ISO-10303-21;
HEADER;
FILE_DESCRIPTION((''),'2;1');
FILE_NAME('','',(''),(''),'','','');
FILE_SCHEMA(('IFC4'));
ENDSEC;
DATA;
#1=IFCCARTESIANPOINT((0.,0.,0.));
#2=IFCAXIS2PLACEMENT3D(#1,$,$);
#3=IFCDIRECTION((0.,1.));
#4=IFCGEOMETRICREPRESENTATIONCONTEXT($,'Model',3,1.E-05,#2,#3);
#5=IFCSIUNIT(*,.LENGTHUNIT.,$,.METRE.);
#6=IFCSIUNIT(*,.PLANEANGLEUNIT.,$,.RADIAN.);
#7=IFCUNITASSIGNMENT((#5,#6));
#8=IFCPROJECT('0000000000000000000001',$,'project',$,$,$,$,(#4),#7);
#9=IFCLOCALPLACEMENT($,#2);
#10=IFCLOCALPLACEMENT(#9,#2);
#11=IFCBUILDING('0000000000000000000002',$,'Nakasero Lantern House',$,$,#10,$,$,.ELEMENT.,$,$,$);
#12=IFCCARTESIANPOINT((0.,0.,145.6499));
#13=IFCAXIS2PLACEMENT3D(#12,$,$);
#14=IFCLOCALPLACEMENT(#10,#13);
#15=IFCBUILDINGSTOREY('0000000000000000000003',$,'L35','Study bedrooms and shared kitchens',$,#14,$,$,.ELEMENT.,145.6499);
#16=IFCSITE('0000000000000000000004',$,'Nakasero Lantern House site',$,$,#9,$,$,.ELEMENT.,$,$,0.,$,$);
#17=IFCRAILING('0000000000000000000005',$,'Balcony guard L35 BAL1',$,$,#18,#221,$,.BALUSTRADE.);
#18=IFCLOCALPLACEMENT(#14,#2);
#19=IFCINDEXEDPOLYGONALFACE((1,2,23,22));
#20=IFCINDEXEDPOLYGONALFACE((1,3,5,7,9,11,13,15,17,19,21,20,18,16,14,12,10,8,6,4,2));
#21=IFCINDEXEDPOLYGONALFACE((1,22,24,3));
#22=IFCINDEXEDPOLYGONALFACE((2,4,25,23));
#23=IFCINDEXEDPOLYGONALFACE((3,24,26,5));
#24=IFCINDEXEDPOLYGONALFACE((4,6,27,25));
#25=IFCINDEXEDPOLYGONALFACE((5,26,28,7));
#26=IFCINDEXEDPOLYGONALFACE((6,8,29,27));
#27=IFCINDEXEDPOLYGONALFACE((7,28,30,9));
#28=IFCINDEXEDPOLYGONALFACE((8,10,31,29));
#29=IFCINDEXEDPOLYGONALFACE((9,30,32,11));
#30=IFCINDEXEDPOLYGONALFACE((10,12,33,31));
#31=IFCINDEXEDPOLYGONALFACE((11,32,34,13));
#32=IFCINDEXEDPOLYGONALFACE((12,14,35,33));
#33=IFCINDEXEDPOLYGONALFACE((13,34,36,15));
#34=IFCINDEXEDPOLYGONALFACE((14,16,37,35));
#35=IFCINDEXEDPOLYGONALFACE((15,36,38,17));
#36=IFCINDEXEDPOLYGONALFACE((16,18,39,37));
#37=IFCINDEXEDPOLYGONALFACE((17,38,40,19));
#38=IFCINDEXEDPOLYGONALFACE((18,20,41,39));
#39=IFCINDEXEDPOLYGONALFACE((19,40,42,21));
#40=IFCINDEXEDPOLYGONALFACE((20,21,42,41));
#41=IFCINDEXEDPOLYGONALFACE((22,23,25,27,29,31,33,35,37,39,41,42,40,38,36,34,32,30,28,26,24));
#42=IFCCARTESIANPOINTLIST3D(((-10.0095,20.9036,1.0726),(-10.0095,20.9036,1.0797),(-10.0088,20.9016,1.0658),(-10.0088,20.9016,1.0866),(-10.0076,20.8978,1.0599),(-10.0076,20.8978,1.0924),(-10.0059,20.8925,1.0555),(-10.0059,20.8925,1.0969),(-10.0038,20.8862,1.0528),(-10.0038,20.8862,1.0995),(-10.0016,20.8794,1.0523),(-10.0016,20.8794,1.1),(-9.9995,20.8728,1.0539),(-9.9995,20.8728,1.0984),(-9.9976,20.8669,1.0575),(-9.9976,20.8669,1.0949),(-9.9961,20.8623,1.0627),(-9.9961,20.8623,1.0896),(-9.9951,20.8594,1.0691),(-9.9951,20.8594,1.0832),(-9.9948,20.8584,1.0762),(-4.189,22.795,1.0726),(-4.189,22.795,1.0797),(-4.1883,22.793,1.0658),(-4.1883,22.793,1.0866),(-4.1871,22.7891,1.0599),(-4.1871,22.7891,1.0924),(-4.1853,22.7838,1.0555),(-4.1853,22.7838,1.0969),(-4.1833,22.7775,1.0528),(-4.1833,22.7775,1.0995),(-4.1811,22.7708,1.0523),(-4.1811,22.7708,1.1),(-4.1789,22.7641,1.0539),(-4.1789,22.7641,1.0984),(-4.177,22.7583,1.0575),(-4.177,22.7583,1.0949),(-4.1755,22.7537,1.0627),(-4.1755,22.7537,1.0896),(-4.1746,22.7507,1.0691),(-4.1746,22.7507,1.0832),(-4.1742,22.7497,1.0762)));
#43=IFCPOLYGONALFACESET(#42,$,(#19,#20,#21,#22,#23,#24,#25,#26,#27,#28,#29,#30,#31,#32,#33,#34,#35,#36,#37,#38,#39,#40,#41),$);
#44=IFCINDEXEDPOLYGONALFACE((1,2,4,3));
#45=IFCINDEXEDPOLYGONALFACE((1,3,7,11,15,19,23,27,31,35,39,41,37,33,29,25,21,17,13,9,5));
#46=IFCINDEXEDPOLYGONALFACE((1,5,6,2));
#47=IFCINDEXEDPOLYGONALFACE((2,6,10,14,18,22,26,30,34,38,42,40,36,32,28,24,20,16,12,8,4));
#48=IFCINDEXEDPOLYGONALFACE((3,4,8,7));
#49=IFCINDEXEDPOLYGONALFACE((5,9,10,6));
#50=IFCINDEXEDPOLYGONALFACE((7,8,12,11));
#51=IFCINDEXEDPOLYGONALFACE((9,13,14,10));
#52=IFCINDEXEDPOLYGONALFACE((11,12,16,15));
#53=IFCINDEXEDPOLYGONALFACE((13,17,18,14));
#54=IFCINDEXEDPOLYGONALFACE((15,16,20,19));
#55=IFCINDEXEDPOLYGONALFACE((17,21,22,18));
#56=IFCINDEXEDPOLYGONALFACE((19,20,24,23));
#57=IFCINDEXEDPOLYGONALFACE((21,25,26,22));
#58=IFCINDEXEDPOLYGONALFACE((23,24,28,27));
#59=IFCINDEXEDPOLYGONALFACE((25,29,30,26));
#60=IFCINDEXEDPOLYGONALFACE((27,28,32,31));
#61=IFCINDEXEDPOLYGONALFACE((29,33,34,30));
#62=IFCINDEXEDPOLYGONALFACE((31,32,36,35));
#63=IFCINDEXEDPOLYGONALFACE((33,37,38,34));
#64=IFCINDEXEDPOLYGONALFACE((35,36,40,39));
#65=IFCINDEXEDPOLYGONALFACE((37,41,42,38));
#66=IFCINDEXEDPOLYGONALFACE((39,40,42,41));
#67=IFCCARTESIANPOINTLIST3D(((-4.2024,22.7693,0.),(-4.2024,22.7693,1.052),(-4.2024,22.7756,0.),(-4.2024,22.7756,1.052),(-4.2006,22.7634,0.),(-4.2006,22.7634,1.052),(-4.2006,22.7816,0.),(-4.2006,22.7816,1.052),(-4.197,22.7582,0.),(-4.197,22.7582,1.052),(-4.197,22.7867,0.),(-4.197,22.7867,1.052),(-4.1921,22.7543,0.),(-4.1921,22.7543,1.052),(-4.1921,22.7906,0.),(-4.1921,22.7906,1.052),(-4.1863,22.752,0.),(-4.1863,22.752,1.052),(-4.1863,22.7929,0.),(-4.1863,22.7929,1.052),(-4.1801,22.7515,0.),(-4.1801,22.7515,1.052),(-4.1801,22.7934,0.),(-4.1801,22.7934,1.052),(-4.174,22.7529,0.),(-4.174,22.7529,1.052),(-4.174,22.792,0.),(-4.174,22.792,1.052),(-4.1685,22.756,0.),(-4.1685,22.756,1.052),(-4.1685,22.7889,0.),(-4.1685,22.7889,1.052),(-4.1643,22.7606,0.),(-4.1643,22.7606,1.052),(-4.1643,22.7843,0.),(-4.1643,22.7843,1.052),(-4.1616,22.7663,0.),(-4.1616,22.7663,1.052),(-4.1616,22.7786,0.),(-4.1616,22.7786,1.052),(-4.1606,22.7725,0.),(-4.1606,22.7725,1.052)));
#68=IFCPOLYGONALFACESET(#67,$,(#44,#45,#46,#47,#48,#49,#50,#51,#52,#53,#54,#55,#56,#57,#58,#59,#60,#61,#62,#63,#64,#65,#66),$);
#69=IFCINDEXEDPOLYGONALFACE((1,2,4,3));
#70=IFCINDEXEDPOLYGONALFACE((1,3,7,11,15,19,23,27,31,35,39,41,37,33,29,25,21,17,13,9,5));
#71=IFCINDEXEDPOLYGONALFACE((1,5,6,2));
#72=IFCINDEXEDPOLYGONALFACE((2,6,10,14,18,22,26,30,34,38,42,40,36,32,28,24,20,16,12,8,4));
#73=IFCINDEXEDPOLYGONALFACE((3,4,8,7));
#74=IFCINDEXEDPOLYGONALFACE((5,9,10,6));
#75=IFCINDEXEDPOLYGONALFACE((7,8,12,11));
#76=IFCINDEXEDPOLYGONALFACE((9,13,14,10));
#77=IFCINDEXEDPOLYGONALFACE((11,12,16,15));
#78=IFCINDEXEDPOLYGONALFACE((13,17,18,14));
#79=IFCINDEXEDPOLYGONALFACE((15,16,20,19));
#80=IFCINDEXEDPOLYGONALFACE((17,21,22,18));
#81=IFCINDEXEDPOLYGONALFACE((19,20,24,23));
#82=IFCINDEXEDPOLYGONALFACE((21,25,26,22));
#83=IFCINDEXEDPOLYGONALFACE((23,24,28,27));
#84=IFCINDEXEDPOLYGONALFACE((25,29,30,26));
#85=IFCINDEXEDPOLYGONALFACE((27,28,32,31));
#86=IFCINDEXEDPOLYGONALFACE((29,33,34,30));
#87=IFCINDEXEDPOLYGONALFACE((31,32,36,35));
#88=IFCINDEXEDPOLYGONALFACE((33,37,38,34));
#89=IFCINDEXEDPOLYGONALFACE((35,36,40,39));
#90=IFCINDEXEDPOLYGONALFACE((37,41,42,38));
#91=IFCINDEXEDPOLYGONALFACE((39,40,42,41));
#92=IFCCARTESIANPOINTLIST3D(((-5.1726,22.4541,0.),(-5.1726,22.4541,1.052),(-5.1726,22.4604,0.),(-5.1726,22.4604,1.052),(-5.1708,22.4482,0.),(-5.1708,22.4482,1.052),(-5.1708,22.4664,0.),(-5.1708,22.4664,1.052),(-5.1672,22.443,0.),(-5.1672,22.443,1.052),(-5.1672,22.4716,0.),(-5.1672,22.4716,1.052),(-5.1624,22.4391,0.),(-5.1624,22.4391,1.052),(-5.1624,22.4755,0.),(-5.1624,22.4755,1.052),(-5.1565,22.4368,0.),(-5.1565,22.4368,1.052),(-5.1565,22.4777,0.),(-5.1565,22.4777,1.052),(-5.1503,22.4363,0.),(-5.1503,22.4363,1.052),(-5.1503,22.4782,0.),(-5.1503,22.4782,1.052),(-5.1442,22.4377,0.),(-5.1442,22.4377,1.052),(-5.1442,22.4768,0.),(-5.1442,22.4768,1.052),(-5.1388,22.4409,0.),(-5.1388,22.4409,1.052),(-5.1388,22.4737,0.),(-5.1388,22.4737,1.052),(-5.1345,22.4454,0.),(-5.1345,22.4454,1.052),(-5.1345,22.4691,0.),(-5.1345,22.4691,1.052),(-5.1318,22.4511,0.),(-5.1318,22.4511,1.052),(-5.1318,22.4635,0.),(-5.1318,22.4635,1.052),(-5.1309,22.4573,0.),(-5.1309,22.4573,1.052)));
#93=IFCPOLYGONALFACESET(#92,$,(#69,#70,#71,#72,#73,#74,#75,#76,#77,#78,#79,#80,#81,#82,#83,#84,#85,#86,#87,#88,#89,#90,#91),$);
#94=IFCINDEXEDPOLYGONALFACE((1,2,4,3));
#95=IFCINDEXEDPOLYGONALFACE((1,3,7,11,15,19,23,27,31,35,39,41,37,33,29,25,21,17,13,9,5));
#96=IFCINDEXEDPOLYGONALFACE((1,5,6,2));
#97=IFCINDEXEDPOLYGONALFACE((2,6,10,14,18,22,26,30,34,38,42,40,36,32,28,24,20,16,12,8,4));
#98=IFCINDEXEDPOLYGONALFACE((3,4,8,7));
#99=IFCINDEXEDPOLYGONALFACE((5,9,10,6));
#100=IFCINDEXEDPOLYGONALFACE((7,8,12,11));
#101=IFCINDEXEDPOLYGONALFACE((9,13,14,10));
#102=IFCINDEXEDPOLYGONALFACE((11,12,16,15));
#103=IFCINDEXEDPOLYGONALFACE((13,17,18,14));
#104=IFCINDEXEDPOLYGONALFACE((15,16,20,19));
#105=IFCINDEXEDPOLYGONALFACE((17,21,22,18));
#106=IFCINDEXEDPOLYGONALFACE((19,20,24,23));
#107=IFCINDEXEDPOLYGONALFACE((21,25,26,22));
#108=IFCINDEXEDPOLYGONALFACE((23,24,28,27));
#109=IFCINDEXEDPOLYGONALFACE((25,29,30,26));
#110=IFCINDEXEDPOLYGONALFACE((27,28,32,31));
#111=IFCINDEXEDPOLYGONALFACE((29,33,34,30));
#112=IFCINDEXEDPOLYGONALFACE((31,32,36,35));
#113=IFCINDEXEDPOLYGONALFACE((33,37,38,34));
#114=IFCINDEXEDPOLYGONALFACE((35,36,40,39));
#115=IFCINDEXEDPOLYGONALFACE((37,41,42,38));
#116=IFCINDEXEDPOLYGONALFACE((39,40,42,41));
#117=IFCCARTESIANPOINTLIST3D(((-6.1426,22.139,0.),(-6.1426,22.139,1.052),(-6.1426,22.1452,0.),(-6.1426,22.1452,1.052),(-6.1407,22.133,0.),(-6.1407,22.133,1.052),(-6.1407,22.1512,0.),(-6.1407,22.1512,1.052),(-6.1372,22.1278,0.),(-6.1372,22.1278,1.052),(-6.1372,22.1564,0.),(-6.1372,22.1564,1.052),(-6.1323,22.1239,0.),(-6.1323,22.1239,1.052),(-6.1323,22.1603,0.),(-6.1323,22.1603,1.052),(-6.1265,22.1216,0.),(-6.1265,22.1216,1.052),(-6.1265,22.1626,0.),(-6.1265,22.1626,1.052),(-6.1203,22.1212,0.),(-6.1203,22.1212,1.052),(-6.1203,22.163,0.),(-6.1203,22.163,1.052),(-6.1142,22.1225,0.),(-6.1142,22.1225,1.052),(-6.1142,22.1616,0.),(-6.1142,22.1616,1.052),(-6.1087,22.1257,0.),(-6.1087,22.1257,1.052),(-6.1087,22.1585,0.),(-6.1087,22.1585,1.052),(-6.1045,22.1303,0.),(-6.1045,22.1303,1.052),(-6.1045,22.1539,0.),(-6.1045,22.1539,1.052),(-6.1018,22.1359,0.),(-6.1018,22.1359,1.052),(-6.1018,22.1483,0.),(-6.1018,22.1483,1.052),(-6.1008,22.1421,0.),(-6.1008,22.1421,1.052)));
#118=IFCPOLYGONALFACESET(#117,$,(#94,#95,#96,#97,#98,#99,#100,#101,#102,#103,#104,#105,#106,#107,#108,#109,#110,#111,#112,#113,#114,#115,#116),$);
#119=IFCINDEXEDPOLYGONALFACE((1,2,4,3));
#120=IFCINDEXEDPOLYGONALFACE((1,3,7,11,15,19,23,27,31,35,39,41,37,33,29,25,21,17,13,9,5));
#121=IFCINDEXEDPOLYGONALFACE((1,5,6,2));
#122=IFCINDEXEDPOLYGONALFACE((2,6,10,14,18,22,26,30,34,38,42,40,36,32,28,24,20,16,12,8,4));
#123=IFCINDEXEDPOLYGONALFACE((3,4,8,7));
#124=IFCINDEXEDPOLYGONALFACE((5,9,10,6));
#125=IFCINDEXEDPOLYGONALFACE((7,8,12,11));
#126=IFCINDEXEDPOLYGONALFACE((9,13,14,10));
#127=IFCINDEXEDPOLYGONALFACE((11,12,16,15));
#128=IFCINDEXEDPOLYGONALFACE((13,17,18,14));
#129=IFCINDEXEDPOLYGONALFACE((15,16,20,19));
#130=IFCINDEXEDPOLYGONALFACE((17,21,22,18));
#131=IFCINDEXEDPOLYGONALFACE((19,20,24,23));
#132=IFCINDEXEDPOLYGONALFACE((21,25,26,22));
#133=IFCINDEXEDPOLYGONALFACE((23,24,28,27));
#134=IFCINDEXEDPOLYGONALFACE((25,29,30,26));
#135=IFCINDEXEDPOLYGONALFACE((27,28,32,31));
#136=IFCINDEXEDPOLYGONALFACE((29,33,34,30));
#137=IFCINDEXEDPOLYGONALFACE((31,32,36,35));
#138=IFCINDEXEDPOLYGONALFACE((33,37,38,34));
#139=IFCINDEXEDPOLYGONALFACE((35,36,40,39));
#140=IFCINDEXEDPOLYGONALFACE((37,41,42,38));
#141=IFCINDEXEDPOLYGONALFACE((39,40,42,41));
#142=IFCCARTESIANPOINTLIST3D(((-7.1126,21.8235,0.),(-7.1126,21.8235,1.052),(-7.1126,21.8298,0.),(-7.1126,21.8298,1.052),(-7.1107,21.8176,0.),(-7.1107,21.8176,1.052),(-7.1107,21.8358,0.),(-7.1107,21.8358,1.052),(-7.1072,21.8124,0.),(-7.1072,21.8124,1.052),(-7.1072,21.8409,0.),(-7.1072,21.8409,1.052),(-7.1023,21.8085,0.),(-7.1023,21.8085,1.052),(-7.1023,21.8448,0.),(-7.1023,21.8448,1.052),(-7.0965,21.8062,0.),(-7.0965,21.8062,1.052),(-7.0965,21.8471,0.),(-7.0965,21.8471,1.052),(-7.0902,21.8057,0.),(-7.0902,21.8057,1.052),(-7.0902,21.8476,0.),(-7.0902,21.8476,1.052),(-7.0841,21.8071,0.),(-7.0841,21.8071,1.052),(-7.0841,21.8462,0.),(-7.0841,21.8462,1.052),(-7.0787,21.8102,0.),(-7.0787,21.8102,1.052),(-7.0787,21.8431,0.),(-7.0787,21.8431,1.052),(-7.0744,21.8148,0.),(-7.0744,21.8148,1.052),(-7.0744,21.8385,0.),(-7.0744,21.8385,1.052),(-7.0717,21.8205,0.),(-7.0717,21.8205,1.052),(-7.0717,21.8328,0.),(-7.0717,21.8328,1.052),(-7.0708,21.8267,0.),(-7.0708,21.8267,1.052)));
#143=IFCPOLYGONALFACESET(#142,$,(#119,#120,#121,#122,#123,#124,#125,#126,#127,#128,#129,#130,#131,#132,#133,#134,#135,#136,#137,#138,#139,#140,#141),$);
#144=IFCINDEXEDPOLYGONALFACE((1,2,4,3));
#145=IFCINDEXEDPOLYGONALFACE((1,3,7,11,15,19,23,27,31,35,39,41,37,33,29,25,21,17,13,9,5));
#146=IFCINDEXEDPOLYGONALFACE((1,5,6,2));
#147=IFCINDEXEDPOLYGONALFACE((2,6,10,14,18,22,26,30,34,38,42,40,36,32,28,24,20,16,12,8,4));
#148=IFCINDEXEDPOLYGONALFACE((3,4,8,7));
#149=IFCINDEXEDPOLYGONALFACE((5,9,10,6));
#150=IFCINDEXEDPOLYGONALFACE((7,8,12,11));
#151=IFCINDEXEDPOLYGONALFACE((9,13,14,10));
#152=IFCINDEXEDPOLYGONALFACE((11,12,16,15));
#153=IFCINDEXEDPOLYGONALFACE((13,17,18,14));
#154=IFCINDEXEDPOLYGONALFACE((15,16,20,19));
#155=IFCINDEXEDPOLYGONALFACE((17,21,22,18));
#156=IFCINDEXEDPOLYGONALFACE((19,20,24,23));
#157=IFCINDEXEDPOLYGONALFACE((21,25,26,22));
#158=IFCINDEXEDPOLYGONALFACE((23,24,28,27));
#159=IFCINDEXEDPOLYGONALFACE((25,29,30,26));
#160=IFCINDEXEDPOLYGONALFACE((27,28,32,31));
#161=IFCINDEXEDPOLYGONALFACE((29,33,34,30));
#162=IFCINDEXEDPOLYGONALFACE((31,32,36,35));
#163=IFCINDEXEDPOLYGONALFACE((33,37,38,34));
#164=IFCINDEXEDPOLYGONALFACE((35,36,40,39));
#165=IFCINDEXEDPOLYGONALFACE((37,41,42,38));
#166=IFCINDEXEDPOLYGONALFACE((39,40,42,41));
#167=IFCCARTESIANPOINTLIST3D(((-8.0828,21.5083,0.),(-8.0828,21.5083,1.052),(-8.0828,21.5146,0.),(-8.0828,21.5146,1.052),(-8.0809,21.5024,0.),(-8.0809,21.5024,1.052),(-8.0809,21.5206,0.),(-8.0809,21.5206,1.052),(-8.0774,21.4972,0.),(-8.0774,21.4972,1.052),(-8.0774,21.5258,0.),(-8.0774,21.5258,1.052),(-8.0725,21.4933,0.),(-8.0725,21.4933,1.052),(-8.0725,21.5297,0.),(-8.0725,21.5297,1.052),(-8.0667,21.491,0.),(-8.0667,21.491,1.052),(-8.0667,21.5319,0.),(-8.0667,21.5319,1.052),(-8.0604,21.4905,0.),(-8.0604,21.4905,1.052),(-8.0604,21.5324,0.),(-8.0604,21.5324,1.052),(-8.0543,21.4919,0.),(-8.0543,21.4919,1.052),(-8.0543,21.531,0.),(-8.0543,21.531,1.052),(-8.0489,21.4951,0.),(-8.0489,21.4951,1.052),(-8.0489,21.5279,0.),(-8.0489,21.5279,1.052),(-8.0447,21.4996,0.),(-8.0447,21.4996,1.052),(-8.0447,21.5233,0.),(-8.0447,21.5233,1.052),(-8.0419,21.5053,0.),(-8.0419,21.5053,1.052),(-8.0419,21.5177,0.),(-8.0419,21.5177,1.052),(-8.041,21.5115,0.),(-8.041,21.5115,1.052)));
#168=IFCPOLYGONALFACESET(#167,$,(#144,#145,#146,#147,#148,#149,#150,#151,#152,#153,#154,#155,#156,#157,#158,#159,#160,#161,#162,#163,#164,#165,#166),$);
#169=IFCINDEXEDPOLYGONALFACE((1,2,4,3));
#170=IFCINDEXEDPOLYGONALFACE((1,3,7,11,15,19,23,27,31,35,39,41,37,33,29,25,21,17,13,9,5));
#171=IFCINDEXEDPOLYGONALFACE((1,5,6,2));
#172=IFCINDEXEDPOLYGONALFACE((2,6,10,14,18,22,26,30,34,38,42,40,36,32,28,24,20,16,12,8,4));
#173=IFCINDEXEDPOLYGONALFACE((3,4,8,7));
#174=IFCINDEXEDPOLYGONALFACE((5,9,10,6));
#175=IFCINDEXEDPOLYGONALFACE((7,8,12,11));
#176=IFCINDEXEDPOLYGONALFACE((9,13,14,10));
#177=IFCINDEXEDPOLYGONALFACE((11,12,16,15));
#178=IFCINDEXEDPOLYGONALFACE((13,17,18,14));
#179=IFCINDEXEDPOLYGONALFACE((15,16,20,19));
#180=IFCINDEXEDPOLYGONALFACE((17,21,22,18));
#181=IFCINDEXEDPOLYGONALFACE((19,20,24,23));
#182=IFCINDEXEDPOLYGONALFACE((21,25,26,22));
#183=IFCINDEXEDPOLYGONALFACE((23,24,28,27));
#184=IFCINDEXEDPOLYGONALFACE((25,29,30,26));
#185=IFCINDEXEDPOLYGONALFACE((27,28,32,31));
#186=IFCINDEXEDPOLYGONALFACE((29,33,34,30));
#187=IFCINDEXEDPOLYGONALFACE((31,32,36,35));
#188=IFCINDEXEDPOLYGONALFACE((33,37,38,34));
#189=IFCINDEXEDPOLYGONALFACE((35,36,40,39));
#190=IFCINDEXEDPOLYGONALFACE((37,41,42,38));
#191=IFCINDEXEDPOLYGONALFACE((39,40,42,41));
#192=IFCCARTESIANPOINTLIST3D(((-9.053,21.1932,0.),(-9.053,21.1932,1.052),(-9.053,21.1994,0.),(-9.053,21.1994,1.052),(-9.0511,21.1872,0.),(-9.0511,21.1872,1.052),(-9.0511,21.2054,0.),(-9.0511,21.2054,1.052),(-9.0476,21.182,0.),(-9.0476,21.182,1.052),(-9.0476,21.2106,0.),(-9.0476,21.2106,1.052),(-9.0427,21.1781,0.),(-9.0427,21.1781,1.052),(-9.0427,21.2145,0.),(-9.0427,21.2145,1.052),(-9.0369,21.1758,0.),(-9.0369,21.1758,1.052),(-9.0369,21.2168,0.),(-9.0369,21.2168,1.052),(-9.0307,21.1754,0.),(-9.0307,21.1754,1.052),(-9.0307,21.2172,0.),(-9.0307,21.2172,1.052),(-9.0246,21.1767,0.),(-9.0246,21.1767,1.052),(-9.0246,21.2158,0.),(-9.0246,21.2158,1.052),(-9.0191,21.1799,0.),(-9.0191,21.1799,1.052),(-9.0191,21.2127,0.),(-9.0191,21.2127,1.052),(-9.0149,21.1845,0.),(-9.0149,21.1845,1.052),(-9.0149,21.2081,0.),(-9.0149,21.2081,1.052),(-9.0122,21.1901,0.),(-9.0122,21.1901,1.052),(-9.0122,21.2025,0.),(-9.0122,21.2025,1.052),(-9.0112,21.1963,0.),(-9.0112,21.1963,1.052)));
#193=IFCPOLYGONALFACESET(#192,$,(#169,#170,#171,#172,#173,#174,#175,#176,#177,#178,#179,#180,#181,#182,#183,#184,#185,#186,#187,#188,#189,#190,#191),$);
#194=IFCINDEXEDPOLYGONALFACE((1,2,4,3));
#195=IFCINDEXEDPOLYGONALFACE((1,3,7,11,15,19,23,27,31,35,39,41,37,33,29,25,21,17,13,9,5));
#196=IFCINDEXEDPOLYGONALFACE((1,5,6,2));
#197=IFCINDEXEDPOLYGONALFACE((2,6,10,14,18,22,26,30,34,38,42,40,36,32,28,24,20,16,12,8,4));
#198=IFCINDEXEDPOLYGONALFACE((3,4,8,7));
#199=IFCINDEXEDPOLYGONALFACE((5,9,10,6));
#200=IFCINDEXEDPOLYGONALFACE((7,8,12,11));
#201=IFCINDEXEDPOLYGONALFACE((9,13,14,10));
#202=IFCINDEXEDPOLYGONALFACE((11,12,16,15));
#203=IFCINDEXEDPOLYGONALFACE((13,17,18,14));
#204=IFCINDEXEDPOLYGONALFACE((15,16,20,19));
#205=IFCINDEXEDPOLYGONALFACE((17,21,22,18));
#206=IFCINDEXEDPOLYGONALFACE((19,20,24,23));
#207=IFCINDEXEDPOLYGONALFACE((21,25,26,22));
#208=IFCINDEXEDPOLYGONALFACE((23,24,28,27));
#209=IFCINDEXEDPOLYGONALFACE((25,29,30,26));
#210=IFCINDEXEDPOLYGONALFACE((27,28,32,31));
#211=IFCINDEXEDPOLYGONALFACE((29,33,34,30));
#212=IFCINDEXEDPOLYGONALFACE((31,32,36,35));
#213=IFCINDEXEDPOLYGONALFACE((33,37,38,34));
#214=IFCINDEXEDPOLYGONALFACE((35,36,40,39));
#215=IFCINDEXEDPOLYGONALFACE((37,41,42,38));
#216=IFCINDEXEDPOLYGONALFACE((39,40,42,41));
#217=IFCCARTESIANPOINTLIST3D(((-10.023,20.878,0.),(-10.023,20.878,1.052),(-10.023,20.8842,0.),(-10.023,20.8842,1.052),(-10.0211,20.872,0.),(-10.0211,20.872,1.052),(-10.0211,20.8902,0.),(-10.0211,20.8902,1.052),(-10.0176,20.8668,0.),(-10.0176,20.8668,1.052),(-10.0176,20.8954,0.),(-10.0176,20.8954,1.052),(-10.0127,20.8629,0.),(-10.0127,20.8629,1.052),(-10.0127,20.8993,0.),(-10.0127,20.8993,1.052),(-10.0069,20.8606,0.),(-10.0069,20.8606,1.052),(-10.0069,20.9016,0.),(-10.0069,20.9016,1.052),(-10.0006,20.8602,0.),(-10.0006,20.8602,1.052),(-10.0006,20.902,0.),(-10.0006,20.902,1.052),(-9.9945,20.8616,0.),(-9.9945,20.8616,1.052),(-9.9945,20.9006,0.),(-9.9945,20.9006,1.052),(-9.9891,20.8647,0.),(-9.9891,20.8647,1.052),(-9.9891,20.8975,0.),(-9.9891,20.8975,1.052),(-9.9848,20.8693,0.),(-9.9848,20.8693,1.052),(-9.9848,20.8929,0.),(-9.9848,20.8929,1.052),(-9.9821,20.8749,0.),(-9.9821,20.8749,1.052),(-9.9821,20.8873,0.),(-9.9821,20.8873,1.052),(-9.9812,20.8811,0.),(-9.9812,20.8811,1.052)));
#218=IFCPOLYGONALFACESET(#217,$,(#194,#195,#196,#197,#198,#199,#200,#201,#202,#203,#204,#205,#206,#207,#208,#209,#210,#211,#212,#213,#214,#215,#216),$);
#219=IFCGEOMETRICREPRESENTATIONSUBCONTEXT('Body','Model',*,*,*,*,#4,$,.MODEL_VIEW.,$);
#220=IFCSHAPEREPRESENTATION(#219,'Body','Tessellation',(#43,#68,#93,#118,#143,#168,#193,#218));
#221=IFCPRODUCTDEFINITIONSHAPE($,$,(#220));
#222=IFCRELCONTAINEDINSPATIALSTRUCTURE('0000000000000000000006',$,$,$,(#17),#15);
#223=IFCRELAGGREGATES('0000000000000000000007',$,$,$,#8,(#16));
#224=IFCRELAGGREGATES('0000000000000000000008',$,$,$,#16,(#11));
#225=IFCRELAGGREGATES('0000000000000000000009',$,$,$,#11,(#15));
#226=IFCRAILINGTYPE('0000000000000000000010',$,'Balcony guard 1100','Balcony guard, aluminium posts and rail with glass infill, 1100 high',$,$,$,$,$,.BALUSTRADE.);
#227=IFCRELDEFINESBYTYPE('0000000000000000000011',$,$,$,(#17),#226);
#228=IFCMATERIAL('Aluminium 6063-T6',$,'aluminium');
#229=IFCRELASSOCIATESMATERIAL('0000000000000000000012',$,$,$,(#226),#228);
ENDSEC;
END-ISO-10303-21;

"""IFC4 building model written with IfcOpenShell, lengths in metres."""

from ifc_helpers import new_model, si_unit, direction, frame, origin, origin_2d, place, context, subcontext, project, spatial, circle, extrude, material, type_object, element, save


model = new_model("IFC4")

# Units and contexts
model_context = context("Model", 3, precision=1e-05, world=origin(), true_north=direction((0.0, 1.0)))
body_context = subcontext(model_context, "Body", "Model", "MODEL_VIEW")
ifc_project = project(units=[si_unit("LENGTHUNIT", "METRE"), si_unit("PLANEANGLEUNIT", "RADIAN")], contexts=[model_context])

# Site, building, storey
site_placement = place(None, origin())
site = spatial("IfcSite", under=ifc_project, at=site_placement, Name="Nakasero Lantern House site", CompositionType="ELEMENT", RefElevation=0.0)
building_placement = place(site_placement, origin())
building = spatial("IfcBuilding", under=site, at=building_placement, Name="Nakasero Lantern House", CompositionType="ELEMENT")
storey_placement = place(building_placement, frame((0.0, 0.0, 145.6499)))
storey = spatial("IfcBuildingStorey", under=building, at=storey_placement, Name="L35", Description="Study bedrooms and shared kitchens", CompositionType="ELEMENT", Elevation=145.6499)

# Railing
ifc_material_1 = material(Name="Aluminium 6063-T6", Category="aluminium")
railing_type = type_object("IfcRailingType", Name="Balcony guard 1100", Description="Balcony guard, aluminium posts and rail with glass infill, 1100 high", PredefinedType="BALUSTRADE", material=ifc_material_1)
railing_placement = place(storey_placement, frame((-4.1816, 22.7725, 0.0)))
element("IfcRailing", 1, at=railing_placement, inside=storey, type_object=railing_type, Name="Balcony guard L35 BAL1", PredefinedType="BALUSTRADE", context=body_context, shape_type="SweptSolid", body=[
    extrude(circle(Radius=0.0239, at=origin_2d()), frame((0.0, 0.0, 1.0762), z_axis=(-0.95105, -0.309038, 0.0), x_axis=(0.309038, -0.95105, 0.0)), (0.0, 0.0, 1.0), 6.1201),
    extrude(circle(Radius=0.021, at=origin_2d()), origin(), (0.0, 0.0, 1.0), 1.052),
    extrude(circle(Radius=0.021, at=origin_2d()), frame((-0.9702, -0.3152, 0.0)), (0.0, 0.0, 1.0), 1.052),
    extrude(circle(Radius=0.021, at=origin_2d()), frame((-1.9402, -0.6304, 0.0)), (0.0, 0.0, 1.0), 1.052),
    extrude(circle(Radius=0.021, at=origin_2d()), frame((-2.9102, -0.9458, 0.0)), (0.0, 0.0, 1.0), 1.052),
    extrude(circle(Radius=0.021, at=origin_2d()), frame((-3.8804, -1.261, 0.0)), (0.0, 0.0, 1.0), 1.052),
    extrude(circle(Radius=0.021, at=origin_2d()), frame((-4.8506, -1.5762, 0.0)), (0.0, 0.0, 1.0), 1.052),
    extrude(circle(Radius=0.021, at=origin_2d()), frame((-5.8206, -1.8914, 0.0)), (0.0, 0.0, 1.0), 1.052),
])

save(model, "model.ifc")
